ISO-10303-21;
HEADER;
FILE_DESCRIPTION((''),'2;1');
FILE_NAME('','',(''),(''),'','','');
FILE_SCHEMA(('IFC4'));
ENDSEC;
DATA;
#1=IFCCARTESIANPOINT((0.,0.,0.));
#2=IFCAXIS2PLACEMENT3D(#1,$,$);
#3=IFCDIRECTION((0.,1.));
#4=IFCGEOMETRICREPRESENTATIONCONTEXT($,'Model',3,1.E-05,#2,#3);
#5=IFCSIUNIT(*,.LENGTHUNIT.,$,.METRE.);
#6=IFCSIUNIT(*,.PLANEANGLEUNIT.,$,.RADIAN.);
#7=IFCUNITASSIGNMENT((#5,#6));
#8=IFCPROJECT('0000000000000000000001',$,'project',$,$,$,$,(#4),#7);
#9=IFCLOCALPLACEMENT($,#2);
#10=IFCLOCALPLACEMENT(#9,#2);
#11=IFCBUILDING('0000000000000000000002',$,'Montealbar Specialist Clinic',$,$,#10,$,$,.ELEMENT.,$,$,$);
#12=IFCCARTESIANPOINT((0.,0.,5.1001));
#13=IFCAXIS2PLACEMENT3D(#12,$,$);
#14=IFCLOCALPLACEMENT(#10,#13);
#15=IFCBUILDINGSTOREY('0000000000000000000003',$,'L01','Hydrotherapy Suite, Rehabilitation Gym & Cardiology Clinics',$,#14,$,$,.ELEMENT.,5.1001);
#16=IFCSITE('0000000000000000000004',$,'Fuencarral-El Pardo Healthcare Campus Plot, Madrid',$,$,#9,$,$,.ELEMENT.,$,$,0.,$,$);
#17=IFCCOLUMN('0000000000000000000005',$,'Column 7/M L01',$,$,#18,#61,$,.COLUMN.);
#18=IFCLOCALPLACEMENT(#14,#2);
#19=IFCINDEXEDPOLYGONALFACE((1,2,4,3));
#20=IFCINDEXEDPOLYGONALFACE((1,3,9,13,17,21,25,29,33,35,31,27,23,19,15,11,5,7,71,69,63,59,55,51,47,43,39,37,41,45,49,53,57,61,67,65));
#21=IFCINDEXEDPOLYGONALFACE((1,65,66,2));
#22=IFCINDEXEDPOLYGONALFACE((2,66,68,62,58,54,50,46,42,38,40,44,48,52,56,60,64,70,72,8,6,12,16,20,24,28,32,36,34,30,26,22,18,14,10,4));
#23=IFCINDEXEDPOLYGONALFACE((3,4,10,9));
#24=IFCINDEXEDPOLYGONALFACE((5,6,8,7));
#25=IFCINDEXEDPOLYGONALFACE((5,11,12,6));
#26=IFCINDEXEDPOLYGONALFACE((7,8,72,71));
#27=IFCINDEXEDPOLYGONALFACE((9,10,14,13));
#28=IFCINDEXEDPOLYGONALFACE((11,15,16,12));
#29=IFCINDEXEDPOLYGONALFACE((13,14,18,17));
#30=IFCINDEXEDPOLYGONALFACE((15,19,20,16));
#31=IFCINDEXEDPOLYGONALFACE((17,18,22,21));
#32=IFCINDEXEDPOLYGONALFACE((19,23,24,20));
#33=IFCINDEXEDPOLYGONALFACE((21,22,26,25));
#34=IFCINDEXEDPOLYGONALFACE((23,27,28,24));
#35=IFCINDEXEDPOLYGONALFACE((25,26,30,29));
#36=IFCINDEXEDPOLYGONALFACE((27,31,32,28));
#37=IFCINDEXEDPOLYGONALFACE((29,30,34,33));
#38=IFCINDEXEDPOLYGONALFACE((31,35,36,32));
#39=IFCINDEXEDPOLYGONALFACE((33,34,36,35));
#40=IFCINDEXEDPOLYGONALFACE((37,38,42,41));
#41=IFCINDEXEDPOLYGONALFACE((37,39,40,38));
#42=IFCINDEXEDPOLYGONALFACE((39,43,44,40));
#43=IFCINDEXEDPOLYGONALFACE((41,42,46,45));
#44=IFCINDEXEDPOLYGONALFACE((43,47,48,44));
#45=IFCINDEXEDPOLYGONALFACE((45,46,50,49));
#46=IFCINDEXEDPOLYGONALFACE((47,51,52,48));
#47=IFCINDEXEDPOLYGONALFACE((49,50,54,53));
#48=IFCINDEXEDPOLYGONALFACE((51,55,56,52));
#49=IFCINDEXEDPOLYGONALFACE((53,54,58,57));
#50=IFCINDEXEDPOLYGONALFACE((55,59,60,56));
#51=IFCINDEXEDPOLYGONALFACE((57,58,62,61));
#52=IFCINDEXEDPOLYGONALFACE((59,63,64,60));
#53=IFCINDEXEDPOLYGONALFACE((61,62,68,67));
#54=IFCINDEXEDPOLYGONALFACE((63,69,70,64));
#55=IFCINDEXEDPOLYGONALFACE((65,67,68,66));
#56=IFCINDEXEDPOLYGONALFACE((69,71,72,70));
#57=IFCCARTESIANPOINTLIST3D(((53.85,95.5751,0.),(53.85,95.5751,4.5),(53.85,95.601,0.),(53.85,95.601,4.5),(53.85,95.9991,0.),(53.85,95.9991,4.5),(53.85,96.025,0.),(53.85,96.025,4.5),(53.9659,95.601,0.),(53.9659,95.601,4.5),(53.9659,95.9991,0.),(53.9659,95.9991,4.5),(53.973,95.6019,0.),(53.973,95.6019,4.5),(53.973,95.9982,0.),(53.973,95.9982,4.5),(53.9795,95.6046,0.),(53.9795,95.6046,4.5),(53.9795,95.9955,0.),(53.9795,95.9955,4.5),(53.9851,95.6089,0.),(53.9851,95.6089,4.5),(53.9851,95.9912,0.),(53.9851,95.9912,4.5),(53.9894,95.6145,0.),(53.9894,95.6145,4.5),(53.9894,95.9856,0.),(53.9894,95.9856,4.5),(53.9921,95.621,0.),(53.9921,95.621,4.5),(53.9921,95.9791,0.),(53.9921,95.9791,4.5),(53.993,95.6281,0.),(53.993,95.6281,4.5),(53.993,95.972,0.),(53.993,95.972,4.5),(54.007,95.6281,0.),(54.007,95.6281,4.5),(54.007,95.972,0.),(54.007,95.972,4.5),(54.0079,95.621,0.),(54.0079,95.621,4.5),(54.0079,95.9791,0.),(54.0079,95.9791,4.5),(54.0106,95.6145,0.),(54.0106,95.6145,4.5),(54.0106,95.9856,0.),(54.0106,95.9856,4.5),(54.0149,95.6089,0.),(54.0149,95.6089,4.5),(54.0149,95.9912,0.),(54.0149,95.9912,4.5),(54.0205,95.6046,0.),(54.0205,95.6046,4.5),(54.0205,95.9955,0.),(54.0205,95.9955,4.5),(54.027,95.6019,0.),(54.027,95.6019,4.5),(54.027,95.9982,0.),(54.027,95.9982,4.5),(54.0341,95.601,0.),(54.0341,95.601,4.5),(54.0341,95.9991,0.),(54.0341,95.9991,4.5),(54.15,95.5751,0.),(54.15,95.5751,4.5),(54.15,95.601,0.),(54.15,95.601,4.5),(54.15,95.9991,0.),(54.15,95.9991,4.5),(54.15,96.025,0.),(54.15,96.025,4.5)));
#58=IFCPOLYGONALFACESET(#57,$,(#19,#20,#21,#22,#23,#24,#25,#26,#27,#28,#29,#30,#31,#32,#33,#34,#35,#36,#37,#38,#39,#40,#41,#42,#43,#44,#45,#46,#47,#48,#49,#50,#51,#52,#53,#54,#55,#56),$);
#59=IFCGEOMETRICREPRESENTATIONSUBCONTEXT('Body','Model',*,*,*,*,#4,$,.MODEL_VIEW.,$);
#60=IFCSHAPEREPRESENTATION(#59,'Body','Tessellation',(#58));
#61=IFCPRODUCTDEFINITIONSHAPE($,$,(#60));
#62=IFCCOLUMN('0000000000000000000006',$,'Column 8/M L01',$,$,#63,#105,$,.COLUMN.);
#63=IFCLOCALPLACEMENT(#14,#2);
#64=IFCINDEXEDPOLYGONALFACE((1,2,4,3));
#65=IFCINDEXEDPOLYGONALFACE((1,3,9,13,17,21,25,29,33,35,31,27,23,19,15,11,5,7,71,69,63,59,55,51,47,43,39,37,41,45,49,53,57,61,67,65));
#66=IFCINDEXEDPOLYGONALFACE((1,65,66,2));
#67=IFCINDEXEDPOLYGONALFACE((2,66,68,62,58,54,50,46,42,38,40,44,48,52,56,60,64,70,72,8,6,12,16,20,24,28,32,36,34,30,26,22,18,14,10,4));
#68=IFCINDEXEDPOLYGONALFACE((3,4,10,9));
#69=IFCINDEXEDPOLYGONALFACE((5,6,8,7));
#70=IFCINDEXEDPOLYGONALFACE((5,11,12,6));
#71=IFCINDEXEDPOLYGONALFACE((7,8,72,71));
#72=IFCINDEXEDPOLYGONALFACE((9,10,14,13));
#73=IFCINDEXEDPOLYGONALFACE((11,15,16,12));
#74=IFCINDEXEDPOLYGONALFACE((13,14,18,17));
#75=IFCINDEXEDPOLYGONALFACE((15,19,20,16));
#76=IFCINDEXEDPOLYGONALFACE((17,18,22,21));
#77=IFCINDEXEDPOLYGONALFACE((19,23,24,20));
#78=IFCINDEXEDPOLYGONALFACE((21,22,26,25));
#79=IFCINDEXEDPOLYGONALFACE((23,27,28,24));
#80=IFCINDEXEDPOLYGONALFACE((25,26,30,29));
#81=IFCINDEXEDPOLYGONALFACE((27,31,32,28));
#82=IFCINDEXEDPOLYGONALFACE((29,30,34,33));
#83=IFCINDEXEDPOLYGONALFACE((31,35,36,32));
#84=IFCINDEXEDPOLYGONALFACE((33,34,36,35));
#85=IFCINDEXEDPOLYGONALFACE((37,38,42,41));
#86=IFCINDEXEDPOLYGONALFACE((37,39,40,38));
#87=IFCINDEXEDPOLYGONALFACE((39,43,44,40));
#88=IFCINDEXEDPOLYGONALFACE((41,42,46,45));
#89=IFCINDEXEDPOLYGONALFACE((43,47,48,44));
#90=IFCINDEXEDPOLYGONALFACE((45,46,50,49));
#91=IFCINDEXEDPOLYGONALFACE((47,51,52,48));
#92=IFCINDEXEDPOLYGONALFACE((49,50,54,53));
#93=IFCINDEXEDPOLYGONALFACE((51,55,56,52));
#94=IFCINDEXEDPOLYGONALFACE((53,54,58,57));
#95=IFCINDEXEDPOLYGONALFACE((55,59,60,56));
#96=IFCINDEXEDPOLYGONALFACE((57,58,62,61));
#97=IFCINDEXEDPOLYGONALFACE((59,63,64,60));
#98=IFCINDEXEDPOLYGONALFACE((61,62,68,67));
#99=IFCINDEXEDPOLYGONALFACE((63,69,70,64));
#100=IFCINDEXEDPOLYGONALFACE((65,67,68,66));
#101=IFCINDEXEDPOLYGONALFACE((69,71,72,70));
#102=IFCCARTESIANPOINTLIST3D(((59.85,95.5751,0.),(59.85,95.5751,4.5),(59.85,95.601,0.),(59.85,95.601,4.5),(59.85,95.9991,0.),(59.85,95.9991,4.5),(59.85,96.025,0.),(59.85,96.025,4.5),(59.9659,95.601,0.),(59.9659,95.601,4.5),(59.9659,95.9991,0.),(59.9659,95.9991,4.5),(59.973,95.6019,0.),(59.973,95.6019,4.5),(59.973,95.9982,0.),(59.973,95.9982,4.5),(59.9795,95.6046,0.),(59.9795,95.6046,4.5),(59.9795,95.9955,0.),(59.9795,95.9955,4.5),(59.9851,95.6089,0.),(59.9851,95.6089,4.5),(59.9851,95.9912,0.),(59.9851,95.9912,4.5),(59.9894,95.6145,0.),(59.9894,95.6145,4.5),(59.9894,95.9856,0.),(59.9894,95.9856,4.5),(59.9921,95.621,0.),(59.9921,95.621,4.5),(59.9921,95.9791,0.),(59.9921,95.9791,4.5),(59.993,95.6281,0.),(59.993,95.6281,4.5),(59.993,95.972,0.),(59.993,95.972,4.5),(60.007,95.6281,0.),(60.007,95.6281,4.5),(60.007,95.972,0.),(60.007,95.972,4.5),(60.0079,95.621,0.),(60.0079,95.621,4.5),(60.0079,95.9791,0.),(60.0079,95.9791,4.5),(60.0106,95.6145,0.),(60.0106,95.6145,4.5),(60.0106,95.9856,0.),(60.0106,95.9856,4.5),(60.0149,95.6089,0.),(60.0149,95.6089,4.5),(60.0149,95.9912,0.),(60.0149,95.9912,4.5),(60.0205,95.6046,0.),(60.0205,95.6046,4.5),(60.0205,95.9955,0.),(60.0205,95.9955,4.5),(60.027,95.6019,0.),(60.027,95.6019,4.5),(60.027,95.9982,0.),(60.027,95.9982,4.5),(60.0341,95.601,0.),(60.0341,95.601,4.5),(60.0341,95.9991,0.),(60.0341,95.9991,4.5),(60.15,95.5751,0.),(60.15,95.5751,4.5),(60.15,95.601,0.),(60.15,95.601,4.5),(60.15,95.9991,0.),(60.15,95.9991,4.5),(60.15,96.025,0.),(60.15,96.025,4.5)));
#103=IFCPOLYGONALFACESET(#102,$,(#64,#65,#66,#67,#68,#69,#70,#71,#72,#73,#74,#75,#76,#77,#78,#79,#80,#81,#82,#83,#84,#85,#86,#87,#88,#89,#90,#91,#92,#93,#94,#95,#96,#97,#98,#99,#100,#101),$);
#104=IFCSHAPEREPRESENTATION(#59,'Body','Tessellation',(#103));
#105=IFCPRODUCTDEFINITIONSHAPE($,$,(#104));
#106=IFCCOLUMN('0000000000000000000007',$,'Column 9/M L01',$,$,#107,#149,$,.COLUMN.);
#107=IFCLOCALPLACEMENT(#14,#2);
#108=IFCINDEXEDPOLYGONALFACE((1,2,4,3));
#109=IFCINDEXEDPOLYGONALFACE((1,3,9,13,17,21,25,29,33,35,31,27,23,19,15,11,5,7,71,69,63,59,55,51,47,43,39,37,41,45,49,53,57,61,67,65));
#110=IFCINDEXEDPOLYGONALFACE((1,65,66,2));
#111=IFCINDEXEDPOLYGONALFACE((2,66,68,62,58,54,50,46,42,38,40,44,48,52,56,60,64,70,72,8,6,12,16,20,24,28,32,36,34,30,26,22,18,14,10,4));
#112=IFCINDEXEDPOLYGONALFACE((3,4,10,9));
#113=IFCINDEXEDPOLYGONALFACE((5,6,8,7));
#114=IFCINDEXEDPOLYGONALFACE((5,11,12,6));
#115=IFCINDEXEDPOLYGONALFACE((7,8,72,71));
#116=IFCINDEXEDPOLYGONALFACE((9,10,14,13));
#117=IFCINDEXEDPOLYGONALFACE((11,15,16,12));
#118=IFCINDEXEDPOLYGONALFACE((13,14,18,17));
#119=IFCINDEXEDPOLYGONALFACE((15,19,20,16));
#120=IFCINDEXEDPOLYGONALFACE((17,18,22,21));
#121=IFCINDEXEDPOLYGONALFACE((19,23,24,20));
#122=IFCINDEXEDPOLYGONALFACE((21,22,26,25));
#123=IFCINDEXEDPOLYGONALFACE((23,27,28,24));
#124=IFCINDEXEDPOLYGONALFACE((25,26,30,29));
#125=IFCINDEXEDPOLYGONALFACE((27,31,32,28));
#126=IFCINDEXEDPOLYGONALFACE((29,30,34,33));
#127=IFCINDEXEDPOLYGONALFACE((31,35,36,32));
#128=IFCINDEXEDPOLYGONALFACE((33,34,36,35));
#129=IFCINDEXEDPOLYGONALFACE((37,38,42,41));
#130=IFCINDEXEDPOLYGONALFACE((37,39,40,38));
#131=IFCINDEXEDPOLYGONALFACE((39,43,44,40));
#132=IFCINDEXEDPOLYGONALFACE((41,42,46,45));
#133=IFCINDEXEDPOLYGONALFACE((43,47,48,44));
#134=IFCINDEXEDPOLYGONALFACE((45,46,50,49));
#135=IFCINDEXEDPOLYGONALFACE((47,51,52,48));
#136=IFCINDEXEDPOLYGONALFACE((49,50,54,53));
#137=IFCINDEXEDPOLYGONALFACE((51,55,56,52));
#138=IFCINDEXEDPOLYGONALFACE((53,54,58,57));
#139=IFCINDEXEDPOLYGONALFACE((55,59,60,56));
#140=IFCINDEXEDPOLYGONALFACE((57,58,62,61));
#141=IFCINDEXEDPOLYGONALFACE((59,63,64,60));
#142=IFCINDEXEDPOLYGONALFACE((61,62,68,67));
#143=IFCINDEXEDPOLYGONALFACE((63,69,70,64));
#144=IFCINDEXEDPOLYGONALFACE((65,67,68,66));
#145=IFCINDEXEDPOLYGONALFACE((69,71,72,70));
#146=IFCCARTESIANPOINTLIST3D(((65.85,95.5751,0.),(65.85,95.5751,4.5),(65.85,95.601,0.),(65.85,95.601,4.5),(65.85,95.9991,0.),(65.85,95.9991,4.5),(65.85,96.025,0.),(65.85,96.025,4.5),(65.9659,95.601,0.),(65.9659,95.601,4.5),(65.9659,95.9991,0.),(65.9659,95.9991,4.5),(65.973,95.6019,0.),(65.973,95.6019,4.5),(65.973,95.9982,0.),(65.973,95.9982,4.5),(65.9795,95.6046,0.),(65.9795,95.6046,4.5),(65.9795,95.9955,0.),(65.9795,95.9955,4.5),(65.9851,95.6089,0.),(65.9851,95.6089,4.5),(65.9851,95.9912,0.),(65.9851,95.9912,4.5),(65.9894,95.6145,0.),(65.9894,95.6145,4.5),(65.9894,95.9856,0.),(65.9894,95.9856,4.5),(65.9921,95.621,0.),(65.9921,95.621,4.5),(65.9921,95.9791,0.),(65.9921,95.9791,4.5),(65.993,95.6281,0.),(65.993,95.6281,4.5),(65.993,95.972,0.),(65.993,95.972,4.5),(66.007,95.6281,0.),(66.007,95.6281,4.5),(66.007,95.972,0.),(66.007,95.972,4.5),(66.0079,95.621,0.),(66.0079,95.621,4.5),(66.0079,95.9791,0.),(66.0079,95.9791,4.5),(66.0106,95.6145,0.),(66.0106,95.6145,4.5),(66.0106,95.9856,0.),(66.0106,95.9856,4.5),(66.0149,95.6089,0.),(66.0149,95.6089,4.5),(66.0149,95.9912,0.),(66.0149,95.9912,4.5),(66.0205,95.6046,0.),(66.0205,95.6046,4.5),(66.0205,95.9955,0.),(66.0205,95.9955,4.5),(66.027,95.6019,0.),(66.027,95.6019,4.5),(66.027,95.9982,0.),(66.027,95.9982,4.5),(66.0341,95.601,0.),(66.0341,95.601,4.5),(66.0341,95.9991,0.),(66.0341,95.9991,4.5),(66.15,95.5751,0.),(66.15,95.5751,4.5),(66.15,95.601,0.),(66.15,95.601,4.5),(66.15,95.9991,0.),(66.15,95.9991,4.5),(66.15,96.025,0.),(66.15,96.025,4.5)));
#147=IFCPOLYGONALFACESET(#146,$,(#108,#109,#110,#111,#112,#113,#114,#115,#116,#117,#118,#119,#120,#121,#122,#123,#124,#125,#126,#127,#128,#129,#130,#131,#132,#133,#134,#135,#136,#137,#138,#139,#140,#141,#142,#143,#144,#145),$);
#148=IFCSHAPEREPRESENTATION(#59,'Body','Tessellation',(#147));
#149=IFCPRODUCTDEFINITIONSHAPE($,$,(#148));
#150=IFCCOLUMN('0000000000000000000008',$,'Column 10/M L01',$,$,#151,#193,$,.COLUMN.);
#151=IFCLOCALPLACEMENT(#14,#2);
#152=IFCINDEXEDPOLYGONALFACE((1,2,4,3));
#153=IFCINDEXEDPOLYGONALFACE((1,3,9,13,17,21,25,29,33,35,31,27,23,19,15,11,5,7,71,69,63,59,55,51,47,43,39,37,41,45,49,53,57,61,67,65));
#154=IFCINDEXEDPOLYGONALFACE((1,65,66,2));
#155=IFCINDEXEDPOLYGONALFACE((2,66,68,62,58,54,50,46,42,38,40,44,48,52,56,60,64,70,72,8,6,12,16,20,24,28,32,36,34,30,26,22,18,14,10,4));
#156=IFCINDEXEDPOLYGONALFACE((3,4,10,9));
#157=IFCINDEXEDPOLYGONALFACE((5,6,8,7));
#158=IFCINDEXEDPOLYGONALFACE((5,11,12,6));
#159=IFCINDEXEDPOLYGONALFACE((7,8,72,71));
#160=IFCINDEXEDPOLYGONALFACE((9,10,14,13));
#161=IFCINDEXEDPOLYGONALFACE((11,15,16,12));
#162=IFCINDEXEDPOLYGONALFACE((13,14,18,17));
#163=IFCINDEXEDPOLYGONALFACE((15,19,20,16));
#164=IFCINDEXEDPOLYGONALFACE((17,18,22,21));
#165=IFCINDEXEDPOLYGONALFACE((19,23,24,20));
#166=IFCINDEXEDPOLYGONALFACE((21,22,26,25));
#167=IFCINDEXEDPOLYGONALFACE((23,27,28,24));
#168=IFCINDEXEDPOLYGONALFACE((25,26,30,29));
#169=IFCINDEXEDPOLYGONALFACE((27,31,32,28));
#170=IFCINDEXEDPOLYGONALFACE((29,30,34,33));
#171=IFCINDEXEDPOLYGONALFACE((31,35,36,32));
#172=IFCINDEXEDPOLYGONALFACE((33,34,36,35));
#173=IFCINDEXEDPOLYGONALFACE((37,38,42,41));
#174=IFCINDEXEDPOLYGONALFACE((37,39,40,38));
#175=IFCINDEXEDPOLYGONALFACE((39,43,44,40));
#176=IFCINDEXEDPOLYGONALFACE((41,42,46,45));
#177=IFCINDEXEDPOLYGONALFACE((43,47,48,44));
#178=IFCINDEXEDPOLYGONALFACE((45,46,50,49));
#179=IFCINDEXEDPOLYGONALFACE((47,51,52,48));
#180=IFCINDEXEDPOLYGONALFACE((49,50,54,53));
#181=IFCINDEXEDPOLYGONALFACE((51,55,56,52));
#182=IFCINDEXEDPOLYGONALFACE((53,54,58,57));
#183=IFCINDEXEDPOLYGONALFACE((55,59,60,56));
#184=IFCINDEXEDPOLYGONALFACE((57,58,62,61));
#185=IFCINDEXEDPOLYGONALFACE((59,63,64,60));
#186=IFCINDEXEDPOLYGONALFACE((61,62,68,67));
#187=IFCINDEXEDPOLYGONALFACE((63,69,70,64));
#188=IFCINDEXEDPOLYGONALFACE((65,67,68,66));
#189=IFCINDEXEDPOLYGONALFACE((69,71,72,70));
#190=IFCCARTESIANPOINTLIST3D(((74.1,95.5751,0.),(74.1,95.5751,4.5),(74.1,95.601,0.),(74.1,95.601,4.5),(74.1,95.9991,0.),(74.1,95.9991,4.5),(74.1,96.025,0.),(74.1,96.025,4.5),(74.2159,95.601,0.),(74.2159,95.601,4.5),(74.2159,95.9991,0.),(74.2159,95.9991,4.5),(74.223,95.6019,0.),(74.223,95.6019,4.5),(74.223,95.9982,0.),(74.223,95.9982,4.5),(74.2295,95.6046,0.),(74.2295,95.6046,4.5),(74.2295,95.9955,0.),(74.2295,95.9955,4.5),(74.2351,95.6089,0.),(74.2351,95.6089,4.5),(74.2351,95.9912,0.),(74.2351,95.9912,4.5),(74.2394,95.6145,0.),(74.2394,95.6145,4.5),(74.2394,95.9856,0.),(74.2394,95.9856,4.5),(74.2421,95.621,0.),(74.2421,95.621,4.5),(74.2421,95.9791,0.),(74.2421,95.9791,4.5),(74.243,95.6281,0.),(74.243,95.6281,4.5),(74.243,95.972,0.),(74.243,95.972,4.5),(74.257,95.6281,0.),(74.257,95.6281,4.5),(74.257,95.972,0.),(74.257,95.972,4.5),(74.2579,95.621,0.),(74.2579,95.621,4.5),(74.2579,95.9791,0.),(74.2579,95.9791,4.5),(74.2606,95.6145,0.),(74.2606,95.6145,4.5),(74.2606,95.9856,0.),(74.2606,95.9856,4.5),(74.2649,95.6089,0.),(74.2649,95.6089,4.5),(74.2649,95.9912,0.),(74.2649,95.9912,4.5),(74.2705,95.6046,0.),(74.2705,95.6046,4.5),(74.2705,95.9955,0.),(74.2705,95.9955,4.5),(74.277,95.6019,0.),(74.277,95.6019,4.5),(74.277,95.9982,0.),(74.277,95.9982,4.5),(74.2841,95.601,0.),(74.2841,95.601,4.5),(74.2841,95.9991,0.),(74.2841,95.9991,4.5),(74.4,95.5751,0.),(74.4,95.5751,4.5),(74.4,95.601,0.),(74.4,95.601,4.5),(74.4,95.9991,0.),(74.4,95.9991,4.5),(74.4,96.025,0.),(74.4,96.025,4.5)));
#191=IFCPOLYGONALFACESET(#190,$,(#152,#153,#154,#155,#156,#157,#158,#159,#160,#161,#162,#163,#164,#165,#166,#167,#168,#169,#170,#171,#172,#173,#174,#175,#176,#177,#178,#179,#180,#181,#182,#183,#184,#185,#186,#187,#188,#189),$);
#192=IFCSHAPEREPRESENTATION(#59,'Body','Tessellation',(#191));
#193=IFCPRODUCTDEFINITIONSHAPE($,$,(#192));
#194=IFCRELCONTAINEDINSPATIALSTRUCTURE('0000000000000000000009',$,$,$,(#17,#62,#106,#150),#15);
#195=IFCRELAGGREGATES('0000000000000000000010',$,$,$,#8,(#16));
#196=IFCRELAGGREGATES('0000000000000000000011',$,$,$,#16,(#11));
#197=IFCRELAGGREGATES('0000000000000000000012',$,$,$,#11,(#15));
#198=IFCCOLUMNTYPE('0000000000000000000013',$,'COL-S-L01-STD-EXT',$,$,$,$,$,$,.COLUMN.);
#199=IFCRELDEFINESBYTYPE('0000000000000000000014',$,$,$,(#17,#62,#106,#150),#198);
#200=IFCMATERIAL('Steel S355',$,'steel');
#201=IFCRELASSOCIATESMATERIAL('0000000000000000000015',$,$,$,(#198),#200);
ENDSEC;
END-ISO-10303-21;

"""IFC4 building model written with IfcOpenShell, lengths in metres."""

from ifc_helpers import new_model, si_unit, direction, frame, origin, origin_2d, place, context, subcontext, project, spatial, i_section, extrude, material, material_profile, profile_set, type_object, element, save


model = new_model("IFC4")

# Units and contexts
model_context = context("Model", 3, precision=1e-05, world=origin(), true_north=direction((0.0, 1.0)))
body_context = subcontext(model_context, "Body", "Model", "MODEL_VIEW")
ifc_project = project(units=[si_unit("LENGTHUNIT", "METRE"), si_unit("PLANEANGLEUNIT", "RADIAN")], contexts=[model_context])

# Site, building, storey
site_placement = place(None, origin())
site = spatial("IfcSite", under=ifc_project, at=site_placement, Name="Fuencarral-El Pardo Healthcare Campus Plot, Madrid", CompositionType="ELEMENT", RefElevation=0.0)
building_placement = place(site_placement, origin())
building = spatial("IfcBuilding", under=site, at=building_placement, Name="Montealbar Specialist Clinic", CompositionType="ELEMENT")
storey_placement = place(building_placement, frame((0.0, 0.0, 5.1001)))
storey = spatial("IfcBuildingStorey", under=building, at=storey_placement, Name="L01", Description="Hydrotherapy Suite, Rehabilitation Gym & Cardiology Clinics", CompositionType="ELEMENT", Elevation=5.1001)

# Columns
ifc_material_1 = material(Name="Steel S355", Category="steel")
ifc_material_profile_1 = material_profile(ifc_material_1, i_section(OverallWidth=0.3, OverallDepth=0.45, WebThickness=0.0139, FlangeThickness=0.0259, FilletRadius=0.0271, at=origin_2d()), Name="HEB 450", Category="steel")
ifc_profile_set_1 = profile_set([ifc_material_profile_1], Name="Steel S355")
column_type = type_object("IfcColumnType", Name="COL-S-L01-STD-EXT", PredefinedType="COLUMN", material=ifc_profile_set_1)
for number, where, z_axis, x_axis, name in (
    (1, (54.0, 95.8, 0.0), (0.0, 0.0, 1.0), (1.0, 0.0, 0.0), "Column 7/M L01"),
    (2, (60.0, 95.8, 0.0), (0.0, 0.0, 1.0), (1.0, 0.0, 0.0), "Column 8/M L01"),
    (3, (66.0, 95.8, 0.0), (0.0, 0.0, 1.0), (1.0, 0.0, 0.0), "Column 9/M L01"),
    (4, (74.25, 95.8, 0.0), (0.0, 0.0, 1.0), (1.0, 0.0, 0.0), "Column 10/M L01"),
):
    element("IfcColumn", number, at=place(storey_placement, frame(where, z_axis=z_axis, x_axis=x_axis)), inside=storey, type_object=column_type, Name=name, PredefinedType="COLUMN", context=body_context, shape_type="SweptSolid", body=[
        extrude(i_section(OverallWidth=0.3, OverallDepth=0.45, WebThickness=0.0139, FlangeThickness=0.0259, FilletRadius=0.0271, at=origin_2d()), origin(), (0.0, 0.0, 1.0), 4.5),
    ])

save(model, "model.ifc")
